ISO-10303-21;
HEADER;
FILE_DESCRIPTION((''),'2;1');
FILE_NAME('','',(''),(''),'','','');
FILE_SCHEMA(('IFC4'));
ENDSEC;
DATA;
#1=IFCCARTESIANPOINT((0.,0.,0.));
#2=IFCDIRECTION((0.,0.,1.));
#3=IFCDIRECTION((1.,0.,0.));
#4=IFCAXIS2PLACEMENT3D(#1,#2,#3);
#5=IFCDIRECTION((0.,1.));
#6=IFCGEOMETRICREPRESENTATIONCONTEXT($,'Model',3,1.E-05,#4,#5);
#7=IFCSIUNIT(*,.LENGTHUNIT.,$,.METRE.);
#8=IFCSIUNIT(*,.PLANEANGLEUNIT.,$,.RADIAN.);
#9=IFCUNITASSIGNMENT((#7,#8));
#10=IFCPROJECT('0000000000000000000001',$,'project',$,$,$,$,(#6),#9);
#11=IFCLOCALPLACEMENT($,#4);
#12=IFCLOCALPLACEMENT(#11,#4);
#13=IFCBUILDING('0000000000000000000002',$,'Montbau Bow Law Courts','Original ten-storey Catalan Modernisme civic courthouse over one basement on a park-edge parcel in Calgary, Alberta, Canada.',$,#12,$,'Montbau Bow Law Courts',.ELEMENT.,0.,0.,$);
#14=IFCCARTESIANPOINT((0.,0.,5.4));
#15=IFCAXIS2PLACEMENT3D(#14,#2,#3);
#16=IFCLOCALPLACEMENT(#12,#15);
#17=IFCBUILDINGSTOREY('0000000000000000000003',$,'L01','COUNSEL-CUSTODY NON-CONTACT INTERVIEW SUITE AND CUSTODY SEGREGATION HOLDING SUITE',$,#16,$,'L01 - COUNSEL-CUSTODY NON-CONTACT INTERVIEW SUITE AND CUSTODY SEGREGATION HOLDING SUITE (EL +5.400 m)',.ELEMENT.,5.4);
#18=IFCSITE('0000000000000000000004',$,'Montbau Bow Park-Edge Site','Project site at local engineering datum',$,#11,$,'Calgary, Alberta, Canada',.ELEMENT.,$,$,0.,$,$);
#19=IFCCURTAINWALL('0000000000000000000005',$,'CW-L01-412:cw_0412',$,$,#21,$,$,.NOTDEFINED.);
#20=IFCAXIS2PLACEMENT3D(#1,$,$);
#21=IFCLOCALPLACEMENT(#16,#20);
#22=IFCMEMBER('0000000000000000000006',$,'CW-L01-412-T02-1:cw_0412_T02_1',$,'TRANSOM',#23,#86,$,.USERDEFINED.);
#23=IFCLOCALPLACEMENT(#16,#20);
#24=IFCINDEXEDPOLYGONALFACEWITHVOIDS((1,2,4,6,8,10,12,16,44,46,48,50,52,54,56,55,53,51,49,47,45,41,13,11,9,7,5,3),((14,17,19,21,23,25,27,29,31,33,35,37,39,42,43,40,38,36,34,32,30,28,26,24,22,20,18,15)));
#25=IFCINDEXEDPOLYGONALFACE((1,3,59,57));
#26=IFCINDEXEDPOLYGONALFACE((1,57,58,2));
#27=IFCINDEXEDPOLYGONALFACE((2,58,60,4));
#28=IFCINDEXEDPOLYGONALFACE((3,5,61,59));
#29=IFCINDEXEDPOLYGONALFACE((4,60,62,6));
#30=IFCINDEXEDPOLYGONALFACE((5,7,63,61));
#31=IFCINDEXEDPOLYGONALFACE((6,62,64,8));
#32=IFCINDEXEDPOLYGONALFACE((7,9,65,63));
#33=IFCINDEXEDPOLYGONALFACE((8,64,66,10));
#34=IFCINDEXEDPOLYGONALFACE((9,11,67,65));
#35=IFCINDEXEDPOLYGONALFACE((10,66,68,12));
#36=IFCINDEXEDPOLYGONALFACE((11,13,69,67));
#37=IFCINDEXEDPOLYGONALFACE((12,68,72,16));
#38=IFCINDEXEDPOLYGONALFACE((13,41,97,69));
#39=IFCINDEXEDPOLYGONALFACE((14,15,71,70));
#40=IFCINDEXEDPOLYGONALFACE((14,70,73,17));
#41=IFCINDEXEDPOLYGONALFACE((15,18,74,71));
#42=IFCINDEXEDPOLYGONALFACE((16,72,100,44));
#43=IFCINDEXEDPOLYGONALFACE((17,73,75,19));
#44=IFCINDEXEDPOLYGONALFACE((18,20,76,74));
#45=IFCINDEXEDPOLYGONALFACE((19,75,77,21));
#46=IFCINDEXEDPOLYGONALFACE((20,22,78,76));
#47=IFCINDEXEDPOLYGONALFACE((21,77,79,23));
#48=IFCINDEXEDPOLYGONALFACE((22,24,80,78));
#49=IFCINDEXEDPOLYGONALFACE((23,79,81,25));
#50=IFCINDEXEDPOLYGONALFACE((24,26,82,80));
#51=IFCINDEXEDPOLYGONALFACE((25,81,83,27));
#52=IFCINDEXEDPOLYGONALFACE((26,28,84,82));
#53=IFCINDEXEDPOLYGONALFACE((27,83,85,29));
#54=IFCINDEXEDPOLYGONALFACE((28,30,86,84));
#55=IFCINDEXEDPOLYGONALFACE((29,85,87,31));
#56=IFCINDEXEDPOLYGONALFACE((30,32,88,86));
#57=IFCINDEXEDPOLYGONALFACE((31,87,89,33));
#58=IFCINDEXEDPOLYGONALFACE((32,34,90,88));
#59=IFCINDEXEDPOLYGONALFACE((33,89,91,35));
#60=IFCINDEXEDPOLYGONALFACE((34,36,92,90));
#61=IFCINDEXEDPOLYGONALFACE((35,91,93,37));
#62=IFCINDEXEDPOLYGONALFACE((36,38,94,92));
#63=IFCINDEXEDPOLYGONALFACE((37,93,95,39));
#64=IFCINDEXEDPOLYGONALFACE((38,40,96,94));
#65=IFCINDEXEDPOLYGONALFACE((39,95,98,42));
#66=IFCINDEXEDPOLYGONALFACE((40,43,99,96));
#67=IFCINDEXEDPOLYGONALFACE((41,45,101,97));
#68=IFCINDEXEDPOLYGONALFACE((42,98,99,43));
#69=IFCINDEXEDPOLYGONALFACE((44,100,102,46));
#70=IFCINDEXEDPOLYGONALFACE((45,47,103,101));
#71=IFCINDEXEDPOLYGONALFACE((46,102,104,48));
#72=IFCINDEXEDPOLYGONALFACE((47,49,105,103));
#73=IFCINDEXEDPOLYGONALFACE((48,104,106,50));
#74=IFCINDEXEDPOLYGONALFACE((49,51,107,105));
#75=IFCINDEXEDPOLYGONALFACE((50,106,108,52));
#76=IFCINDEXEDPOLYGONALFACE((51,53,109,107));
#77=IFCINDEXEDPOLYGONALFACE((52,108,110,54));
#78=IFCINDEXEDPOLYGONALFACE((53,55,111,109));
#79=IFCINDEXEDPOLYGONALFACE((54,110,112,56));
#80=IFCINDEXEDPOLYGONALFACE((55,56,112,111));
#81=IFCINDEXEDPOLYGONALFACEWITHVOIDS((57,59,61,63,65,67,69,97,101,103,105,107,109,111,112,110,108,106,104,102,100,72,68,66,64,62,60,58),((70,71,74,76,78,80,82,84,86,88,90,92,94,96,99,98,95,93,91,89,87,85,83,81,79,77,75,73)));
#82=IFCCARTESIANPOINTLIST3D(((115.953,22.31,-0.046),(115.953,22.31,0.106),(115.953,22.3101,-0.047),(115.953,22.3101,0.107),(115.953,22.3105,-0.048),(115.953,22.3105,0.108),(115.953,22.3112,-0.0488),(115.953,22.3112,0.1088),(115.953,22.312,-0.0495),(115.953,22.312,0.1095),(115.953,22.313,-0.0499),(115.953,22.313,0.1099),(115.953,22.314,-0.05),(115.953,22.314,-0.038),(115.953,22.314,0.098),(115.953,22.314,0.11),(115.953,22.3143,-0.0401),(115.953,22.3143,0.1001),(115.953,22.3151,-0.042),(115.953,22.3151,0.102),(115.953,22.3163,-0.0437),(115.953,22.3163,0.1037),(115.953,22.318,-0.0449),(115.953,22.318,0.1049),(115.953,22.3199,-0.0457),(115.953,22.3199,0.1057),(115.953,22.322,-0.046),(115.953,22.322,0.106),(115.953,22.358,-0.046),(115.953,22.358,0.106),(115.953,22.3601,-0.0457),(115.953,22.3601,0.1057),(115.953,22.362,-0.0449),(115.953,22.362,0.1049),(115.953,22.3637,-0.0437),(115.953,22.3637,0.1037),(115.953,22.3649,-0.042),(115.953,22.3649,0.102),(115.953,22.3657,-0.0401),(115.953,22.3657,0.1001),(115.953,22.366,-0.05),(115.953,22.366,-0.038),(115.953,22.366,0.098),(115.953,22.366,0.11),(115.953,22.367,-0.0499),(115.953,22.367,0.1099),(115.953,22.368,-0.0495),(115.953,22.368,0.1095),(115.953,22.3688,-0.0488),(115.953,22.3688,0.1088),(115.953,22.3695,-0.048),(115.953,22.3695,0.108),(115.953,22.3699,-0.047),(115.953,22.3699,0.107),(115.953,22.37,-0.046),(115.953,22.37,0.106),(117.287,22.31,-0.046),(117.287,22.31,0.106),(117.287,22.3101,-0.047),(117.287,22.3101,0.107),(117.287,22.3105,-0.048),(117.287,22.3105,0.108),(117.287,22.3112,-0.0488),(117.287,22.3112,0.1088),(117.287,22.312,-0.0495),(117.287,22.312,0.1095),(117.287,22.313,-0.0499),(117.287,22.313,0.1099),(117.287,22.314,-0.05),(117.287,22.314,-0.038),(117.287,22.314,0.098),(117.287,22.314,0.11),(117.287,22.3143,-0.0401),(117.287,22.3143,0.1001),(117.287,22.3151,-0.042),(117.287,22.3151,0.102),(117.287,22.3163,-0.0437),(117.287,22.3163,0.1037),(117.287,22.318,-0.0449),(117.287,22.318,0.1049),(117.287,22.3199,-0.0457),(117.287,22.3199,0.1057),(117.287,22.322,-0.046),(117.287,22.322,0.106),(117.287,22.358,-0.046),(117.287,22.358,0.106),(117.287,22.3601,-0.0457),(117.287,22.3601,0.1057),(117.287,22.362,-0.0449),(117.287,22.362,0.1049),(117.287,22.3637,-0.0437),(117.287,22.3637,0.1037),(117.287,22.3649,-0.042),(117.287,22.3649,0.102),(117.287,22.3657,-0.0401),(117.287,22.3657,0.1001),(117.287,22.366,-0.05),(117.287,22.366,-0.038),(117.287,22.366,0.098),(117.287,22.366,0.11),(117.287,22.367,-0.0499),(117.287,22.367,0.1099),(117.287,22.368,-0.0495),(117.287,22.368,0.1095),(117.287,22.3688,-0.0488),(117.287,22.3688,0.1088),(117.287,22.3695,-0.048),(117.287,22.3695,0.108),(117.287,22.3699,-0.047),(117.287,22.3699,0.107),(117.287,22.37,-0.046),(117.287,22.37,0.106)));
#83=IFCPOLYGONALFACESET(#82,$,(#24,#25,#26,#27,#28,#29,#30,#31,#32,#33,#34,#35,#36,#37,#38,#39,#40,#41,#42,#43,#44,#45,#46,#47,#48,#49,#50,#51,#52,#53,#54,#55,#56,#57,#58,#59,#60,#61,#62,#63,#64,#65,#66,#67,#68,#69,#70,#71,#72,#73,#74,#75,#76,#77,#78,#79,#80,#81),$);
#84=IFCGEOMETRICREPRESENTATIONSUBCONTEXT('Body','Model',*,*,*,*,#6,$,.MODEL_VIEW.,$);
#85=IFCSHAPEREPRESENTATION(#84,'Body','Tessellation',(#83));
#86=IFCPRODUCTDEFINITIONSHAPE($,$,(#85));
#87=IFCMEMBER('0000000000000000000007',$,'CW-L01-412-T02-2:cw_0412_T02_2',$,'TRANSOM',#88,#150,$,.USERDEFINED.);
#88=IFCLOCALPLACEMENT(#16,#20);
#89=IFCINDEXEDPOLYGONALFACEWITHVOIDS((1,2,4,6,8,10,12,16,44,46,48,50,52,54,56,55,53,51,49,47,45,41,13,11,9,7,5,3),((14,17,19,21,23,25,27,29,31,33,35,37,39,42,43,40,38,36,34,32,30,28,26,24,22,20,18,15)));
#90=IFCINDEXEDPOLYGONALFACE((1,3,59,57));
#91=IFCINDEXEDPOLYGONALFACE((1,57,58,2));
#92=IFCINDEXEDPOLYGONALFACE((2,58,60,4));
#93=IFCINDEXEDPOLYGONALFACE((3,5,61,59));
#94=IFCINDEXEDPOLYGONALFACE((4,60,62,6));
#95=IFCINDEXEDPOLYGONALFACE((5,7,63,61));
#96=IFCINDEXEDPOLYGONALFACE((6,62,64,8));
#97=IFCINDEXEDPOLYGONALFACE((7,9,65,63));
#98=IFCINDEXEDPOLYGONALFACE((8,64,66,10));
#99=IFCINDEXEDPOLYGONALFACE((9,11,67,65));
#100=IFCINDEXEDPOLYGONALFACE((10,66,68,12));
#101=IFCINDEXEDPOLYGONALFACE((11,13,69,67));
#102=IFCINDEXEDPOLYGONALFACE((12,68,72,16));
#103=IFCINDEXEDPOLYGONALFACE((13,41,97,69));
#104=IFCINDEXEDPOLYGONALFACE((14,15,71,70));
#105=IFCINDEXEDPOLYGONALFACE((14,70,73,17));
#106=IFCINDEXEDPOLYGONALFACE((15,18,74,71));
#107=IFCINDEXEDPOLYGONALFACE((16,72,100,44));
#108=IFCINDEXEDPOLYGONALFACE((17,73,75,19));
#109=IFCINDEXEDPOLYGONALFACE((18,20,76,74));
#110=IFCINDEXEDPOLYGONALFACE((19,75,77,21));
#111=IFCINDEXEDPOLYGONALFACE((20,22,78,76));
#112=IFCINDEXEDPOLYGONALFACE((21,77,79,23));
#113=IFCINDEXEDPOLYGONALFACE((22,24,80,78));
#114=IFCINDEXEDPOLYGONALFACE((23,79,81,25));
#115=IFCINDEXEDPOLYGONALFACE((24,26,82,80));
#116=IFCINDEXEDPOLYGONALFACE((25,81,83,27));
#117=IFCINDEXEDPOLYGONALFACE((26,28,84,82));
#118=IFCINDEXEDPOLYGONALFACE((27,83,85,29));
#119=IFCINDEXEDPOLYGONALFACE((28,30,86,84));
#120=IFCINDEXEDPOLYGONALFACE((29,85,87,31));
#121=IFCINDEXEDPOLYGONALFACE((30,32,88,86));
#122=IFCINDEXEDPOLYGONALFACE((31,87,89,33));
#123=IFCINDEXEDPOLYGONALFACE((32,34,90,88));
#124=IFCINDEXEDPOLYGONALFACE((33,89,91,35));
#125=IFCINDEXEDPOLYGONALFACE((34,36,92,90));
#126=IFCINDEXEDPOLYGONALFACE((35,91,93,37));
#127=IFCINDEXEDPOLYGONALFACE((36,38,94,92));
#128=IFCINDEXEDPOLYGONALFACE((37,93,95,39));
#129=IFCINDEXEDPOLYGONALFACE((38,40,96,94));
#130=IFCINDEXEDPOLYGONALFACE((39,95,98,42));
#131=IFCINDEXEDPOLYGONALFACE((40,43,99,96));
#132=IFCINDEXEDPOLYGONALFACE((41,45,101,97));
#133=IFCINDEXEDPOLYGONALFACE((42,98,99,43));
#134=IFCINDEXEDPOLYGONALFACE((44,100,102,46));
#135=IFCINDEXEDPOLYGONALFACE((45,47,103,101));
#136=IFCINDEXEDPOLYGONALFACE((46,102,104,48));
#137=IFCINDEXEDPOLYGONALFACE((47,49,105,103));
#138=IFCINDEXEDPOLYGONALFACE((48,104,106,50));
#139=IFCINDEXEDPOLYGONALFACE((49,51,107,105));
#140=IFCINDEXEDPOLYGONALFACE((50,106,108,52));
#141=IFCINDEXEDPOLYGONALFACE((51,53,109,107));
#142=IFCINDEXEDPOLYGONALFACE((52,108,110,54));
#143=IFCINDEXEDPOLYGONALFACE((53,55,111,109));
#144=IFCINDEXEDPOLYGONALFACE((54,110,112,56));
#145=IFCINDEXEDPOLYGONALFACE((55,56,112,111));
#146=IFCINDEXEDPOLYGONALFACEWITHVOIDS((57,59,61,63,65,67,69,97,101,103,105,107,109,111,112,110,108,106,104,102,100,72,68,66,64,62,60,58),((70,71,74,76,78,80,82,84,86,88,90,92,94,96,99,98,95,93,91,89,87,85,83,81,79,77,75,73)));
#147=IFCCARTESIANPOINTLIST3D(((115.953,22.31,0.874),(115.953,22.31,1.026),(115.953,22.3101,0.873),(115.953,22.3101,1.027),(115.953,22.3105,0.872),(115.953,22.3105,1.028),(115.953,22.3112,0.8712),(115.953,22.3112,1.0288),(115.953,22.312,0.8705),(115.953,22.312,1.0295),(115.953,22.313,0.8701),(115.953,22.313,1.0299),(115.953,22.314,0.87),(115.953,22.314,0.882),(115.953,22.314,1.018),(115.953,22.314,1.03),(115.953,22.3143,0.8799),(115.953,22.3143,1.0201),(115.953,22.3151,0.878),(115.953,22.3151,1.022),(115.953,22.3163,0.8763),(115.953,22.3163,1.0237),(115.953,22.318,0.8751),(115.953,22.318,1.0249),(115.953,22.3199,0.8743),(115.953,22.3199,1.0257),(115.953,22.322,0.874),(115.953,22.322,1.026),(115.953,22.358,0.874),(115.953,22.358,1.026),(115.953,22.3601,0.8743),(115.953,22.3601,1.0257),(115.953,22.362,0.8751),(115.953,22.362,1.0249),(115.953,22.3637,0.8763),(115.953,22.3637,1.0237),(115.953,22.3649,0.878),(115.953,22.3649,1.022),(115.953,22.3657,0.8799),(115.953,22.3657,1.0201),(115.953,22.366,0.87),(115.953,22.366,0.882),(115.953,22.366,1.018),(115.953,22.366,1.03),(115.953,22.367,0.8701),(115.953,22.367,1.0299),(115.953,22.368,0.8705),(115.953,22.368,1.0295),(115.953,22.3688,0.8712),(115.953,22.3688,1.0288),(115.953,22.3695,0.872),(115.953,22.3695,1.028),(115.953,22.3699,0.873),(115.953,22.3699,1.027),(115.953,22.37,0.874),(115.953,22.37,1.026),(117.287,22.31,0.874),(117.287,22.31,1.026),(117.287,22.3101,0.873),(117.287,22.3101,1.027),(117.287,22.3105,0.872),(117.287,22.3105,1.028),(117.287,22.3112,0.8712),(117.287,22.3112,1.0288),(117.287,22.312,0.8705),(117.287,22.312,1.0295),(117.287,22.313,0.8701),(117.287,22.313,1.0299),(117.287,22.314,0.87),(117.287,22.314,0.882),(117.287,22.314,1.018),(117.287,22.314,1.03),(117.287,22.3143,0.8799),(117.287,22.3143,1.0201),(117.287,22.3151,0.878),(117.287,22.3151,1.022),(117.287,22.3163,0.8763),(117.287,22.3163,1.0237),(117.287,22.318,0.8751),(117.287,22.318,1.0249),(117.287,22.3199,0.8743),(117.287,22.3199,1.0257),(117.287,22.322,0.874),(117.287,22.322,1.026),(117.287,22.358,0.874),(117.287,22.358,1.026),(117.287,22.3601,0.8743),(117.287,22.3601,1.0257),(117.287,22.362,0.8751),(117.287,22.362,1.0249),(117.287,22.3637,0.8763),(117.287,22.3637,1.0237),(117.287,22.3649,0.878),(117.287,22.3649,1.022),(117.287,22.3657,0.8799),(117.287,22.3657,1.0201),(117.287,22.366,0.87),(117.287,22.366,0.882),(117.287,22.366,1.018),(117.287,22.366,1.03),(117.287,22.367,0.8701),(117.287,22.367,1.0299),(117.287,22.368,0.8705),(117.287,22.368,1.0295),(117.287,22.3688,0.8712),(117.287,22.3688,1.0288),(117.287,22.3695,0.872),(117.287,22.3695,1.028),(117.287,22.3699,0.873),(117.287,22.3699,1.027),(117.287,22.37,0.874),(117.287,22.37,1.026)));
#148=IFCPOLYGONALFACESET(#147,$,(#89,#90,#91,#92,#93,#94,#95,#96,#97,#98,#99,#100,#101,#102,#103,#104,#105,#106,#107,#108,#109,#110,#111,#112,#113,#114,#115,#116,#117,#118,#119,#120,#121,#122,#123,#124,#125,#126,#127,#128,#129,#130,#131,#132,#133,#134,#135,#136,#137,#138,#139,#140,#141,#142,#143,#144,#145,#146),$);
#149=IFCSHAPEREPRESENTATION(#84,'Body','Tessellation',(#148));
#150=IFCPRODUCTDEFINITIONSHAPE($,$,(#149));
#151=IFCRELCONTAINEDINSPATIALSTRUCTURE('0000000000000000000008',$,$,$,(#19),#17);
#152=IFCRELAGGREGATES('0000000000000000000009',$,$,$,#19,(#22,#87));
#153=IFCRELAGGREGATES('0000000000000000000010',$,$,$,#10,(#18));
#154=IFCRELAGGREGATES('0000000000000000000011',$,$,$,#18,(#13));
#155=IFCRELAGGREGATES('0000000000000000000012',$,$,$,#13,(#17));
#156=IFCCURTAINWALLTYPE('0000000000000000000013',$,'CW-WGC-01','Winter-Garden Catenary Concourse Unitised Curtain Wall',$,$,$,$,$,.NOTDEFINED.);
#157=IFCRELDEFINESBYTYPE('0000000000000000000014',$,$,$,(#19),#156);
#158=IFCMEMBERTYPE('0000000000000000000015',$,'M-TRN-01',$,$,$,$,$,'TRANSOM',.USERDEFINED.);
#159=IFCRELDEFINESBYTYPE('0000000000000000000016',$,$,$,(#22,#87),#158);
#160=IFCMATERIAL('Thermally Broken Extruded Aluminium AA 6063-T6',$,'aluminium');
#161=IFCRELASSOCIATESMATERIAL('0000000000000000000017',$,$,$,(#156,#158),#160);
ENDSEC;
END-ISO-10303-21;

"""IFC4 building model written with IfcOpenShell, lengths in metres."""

from ifc_helpers import new_model, si_unit, direction, frame, origin_with_axes, origin_2d_with_axis, place, context, subcontext, project, spatial, hollow_rectangle, extrude, material, material_profile, profile_set, type_object, element, aggregate, save


model = new_model("IFC4")

# Units and contexts
model_context = context("Model", 3, precision=1e-05, world=origin_with_axes(), true_north=direction((0.0, 1.0)))
body_context = subcontext(model_context, "Body", "Model", "MODEL_VIEW")
ifc_project = project(units=[si_unit("LENGTHUNIT", "METRE"), si_unit("PLANEANGLEUNIT", "RADIAN")], contexts=[model_context])

# Site, building, storey
site_placement = place(None, origin_with_axes())
site = spatial("IfcSite", under=ifc_project, at=site_placement, Name="Montbau Bow Park-Edge Site", Description="Project site at local engineering datum", LongName="Calgary, Alberta, Canada", CompositionType="ELEMENT", RefElevation=0.0)
building_placement = place(site_placement, origin_with_axes())
building = spatial("IfcBuilding", under=site, at=building_placement, Name="Montbau Bow Law Courts", Description="Original ten-storey Catalan Modernisme civic courthouse over one basement on a park-edge parcel in Calgary, Alberta, Canada.", LongName="Montbau Bow Law Courts", CompositionType="ELEMENT", ElevationOfRefHeight=0.0, ElevationOfTerrain=0.0)
storey_placement = place(building_placement, frame((0.0, 0.0, 5.4), z_axis=(0.0, 0.0, 1.0), x_axis=(1.0, 0.0, 0.0)))
storey = spatial("IfcBuildingStorey", under=building, at=storey_placement, Name="L01", Description="COUNSEL-CUSTODY NON-CONTACT INTERVIEW SUITE AND CUSTODY SEGREGATION HOLDING SUITE", LongName="L01 - COUNSEL-CUSTODY NON-CONTACT INTERVIEW SUITE AND CUSTODY SEGREGATION HOLDING SUITE (EL +5.400 m)", CompositionType="ELEMENT", Elevation=5.4)

# Shared definitions
ifc_material_1 = material(Name="Thermally Broken Extruded Aluminium AA 6063-T6", Category="aluminium")
curtain_wall_type = type_object("IfcCurtainWallType", Name="CW-WGC-01", Description="Winter-Garden Catenary Concourse Unitised Curtain Wall", PredefinedType="NOTDEFINED", material=ifc_material_1)

# Curtain wall, members
curtain_wall_1_placement = place(None, frame((114.515, 22.34, 5.4), z_axis=(0.0, 0.0, 1.0), x_axis=(1.0, 0.0, 0.0)))
curtain_wall_1 = element("IfcCurtainWall", 1, at=curtain_wall_1_placement, inside=storey, type_object=curtain_wall_type, Name="CW-L01-412:cw_0412", PredefinedType="NOTDEFINED")
ifc_material_profile_1 = material_profile(ifc_material_1, hollow_rectangle(XDim=0.06, YDim=0.16, WallThickness=0.004, InnerFilletRadius=0.008, OuterFilletRadius=0.004, at=origin_2d_with_axis()), Name="CWT-160X60", Category="Main", Priority=0)
ifc_profile_set_1 = profile_set([ifc_material_profile_1], Name="Thermally Broken Extruded Aluminium AA 6063-T6")
member_type_1 = type_object("IfcMemberType", Name="M-TRN-01", ElementType="TRANSOM", PredefinedType="USERDEFINED", material=ifc_profile_set_1)
member_1_placement = place(None, frame((115.953, 22.34, 5.43), z_axis=(1.0, 0.0, 0.0), x_axis=(0.0, 1.0, 0.0)))
member_1 = element("IfcMember", 2, at=member_1_placement, type_object=member_type_1, Name="CW-L01-412-T02-1:cw_0412_T02_1", ObjectType="TRANSOM", PredefinedType="USERDEFINED", context=body_context, shape_type="SweptSolid", body=[
    extrude(hollow_rectangle(XDim=0.06, YDim=0.16, WallThickness=0.004, InnerFilletRadius=0.008, OuterFilletRadius=0.004, at=origin_2d_with_axis()), origin_with_axes(), (0.0, 0.0, 1.0), 1.334),
])
member_2_placement = place(None, frame((115.953, 22.34, 6.35), z_axis=(1.0, 0.0, 0.0), x_axis=(0.0, 1.0, 0.0)))
member_2 = element("IfcMember", 3, at=member_2_placement, type_object=member_type_1, Name="CW-L01-412-T02-2:cw_0412_T02_2", ObjectType="TRANSOM", PredefinedType="USERDEFINED", context=body_context, shape_type="SweptSolid", body=[
    extrude(hollow_rectangle(XDim=0.06, YDim=0.16, WallThickness=0.004, InnerFilletRadius=0.008, OuterFilletRadius=0.004, at=origin_2d_with_axis()), origin_with_axes(), (0.0, 0.0, 1.0), 1.334),
])
aggregate(curtain_wall_1, [member_1, member_2])

save(model, "model.ifc")
